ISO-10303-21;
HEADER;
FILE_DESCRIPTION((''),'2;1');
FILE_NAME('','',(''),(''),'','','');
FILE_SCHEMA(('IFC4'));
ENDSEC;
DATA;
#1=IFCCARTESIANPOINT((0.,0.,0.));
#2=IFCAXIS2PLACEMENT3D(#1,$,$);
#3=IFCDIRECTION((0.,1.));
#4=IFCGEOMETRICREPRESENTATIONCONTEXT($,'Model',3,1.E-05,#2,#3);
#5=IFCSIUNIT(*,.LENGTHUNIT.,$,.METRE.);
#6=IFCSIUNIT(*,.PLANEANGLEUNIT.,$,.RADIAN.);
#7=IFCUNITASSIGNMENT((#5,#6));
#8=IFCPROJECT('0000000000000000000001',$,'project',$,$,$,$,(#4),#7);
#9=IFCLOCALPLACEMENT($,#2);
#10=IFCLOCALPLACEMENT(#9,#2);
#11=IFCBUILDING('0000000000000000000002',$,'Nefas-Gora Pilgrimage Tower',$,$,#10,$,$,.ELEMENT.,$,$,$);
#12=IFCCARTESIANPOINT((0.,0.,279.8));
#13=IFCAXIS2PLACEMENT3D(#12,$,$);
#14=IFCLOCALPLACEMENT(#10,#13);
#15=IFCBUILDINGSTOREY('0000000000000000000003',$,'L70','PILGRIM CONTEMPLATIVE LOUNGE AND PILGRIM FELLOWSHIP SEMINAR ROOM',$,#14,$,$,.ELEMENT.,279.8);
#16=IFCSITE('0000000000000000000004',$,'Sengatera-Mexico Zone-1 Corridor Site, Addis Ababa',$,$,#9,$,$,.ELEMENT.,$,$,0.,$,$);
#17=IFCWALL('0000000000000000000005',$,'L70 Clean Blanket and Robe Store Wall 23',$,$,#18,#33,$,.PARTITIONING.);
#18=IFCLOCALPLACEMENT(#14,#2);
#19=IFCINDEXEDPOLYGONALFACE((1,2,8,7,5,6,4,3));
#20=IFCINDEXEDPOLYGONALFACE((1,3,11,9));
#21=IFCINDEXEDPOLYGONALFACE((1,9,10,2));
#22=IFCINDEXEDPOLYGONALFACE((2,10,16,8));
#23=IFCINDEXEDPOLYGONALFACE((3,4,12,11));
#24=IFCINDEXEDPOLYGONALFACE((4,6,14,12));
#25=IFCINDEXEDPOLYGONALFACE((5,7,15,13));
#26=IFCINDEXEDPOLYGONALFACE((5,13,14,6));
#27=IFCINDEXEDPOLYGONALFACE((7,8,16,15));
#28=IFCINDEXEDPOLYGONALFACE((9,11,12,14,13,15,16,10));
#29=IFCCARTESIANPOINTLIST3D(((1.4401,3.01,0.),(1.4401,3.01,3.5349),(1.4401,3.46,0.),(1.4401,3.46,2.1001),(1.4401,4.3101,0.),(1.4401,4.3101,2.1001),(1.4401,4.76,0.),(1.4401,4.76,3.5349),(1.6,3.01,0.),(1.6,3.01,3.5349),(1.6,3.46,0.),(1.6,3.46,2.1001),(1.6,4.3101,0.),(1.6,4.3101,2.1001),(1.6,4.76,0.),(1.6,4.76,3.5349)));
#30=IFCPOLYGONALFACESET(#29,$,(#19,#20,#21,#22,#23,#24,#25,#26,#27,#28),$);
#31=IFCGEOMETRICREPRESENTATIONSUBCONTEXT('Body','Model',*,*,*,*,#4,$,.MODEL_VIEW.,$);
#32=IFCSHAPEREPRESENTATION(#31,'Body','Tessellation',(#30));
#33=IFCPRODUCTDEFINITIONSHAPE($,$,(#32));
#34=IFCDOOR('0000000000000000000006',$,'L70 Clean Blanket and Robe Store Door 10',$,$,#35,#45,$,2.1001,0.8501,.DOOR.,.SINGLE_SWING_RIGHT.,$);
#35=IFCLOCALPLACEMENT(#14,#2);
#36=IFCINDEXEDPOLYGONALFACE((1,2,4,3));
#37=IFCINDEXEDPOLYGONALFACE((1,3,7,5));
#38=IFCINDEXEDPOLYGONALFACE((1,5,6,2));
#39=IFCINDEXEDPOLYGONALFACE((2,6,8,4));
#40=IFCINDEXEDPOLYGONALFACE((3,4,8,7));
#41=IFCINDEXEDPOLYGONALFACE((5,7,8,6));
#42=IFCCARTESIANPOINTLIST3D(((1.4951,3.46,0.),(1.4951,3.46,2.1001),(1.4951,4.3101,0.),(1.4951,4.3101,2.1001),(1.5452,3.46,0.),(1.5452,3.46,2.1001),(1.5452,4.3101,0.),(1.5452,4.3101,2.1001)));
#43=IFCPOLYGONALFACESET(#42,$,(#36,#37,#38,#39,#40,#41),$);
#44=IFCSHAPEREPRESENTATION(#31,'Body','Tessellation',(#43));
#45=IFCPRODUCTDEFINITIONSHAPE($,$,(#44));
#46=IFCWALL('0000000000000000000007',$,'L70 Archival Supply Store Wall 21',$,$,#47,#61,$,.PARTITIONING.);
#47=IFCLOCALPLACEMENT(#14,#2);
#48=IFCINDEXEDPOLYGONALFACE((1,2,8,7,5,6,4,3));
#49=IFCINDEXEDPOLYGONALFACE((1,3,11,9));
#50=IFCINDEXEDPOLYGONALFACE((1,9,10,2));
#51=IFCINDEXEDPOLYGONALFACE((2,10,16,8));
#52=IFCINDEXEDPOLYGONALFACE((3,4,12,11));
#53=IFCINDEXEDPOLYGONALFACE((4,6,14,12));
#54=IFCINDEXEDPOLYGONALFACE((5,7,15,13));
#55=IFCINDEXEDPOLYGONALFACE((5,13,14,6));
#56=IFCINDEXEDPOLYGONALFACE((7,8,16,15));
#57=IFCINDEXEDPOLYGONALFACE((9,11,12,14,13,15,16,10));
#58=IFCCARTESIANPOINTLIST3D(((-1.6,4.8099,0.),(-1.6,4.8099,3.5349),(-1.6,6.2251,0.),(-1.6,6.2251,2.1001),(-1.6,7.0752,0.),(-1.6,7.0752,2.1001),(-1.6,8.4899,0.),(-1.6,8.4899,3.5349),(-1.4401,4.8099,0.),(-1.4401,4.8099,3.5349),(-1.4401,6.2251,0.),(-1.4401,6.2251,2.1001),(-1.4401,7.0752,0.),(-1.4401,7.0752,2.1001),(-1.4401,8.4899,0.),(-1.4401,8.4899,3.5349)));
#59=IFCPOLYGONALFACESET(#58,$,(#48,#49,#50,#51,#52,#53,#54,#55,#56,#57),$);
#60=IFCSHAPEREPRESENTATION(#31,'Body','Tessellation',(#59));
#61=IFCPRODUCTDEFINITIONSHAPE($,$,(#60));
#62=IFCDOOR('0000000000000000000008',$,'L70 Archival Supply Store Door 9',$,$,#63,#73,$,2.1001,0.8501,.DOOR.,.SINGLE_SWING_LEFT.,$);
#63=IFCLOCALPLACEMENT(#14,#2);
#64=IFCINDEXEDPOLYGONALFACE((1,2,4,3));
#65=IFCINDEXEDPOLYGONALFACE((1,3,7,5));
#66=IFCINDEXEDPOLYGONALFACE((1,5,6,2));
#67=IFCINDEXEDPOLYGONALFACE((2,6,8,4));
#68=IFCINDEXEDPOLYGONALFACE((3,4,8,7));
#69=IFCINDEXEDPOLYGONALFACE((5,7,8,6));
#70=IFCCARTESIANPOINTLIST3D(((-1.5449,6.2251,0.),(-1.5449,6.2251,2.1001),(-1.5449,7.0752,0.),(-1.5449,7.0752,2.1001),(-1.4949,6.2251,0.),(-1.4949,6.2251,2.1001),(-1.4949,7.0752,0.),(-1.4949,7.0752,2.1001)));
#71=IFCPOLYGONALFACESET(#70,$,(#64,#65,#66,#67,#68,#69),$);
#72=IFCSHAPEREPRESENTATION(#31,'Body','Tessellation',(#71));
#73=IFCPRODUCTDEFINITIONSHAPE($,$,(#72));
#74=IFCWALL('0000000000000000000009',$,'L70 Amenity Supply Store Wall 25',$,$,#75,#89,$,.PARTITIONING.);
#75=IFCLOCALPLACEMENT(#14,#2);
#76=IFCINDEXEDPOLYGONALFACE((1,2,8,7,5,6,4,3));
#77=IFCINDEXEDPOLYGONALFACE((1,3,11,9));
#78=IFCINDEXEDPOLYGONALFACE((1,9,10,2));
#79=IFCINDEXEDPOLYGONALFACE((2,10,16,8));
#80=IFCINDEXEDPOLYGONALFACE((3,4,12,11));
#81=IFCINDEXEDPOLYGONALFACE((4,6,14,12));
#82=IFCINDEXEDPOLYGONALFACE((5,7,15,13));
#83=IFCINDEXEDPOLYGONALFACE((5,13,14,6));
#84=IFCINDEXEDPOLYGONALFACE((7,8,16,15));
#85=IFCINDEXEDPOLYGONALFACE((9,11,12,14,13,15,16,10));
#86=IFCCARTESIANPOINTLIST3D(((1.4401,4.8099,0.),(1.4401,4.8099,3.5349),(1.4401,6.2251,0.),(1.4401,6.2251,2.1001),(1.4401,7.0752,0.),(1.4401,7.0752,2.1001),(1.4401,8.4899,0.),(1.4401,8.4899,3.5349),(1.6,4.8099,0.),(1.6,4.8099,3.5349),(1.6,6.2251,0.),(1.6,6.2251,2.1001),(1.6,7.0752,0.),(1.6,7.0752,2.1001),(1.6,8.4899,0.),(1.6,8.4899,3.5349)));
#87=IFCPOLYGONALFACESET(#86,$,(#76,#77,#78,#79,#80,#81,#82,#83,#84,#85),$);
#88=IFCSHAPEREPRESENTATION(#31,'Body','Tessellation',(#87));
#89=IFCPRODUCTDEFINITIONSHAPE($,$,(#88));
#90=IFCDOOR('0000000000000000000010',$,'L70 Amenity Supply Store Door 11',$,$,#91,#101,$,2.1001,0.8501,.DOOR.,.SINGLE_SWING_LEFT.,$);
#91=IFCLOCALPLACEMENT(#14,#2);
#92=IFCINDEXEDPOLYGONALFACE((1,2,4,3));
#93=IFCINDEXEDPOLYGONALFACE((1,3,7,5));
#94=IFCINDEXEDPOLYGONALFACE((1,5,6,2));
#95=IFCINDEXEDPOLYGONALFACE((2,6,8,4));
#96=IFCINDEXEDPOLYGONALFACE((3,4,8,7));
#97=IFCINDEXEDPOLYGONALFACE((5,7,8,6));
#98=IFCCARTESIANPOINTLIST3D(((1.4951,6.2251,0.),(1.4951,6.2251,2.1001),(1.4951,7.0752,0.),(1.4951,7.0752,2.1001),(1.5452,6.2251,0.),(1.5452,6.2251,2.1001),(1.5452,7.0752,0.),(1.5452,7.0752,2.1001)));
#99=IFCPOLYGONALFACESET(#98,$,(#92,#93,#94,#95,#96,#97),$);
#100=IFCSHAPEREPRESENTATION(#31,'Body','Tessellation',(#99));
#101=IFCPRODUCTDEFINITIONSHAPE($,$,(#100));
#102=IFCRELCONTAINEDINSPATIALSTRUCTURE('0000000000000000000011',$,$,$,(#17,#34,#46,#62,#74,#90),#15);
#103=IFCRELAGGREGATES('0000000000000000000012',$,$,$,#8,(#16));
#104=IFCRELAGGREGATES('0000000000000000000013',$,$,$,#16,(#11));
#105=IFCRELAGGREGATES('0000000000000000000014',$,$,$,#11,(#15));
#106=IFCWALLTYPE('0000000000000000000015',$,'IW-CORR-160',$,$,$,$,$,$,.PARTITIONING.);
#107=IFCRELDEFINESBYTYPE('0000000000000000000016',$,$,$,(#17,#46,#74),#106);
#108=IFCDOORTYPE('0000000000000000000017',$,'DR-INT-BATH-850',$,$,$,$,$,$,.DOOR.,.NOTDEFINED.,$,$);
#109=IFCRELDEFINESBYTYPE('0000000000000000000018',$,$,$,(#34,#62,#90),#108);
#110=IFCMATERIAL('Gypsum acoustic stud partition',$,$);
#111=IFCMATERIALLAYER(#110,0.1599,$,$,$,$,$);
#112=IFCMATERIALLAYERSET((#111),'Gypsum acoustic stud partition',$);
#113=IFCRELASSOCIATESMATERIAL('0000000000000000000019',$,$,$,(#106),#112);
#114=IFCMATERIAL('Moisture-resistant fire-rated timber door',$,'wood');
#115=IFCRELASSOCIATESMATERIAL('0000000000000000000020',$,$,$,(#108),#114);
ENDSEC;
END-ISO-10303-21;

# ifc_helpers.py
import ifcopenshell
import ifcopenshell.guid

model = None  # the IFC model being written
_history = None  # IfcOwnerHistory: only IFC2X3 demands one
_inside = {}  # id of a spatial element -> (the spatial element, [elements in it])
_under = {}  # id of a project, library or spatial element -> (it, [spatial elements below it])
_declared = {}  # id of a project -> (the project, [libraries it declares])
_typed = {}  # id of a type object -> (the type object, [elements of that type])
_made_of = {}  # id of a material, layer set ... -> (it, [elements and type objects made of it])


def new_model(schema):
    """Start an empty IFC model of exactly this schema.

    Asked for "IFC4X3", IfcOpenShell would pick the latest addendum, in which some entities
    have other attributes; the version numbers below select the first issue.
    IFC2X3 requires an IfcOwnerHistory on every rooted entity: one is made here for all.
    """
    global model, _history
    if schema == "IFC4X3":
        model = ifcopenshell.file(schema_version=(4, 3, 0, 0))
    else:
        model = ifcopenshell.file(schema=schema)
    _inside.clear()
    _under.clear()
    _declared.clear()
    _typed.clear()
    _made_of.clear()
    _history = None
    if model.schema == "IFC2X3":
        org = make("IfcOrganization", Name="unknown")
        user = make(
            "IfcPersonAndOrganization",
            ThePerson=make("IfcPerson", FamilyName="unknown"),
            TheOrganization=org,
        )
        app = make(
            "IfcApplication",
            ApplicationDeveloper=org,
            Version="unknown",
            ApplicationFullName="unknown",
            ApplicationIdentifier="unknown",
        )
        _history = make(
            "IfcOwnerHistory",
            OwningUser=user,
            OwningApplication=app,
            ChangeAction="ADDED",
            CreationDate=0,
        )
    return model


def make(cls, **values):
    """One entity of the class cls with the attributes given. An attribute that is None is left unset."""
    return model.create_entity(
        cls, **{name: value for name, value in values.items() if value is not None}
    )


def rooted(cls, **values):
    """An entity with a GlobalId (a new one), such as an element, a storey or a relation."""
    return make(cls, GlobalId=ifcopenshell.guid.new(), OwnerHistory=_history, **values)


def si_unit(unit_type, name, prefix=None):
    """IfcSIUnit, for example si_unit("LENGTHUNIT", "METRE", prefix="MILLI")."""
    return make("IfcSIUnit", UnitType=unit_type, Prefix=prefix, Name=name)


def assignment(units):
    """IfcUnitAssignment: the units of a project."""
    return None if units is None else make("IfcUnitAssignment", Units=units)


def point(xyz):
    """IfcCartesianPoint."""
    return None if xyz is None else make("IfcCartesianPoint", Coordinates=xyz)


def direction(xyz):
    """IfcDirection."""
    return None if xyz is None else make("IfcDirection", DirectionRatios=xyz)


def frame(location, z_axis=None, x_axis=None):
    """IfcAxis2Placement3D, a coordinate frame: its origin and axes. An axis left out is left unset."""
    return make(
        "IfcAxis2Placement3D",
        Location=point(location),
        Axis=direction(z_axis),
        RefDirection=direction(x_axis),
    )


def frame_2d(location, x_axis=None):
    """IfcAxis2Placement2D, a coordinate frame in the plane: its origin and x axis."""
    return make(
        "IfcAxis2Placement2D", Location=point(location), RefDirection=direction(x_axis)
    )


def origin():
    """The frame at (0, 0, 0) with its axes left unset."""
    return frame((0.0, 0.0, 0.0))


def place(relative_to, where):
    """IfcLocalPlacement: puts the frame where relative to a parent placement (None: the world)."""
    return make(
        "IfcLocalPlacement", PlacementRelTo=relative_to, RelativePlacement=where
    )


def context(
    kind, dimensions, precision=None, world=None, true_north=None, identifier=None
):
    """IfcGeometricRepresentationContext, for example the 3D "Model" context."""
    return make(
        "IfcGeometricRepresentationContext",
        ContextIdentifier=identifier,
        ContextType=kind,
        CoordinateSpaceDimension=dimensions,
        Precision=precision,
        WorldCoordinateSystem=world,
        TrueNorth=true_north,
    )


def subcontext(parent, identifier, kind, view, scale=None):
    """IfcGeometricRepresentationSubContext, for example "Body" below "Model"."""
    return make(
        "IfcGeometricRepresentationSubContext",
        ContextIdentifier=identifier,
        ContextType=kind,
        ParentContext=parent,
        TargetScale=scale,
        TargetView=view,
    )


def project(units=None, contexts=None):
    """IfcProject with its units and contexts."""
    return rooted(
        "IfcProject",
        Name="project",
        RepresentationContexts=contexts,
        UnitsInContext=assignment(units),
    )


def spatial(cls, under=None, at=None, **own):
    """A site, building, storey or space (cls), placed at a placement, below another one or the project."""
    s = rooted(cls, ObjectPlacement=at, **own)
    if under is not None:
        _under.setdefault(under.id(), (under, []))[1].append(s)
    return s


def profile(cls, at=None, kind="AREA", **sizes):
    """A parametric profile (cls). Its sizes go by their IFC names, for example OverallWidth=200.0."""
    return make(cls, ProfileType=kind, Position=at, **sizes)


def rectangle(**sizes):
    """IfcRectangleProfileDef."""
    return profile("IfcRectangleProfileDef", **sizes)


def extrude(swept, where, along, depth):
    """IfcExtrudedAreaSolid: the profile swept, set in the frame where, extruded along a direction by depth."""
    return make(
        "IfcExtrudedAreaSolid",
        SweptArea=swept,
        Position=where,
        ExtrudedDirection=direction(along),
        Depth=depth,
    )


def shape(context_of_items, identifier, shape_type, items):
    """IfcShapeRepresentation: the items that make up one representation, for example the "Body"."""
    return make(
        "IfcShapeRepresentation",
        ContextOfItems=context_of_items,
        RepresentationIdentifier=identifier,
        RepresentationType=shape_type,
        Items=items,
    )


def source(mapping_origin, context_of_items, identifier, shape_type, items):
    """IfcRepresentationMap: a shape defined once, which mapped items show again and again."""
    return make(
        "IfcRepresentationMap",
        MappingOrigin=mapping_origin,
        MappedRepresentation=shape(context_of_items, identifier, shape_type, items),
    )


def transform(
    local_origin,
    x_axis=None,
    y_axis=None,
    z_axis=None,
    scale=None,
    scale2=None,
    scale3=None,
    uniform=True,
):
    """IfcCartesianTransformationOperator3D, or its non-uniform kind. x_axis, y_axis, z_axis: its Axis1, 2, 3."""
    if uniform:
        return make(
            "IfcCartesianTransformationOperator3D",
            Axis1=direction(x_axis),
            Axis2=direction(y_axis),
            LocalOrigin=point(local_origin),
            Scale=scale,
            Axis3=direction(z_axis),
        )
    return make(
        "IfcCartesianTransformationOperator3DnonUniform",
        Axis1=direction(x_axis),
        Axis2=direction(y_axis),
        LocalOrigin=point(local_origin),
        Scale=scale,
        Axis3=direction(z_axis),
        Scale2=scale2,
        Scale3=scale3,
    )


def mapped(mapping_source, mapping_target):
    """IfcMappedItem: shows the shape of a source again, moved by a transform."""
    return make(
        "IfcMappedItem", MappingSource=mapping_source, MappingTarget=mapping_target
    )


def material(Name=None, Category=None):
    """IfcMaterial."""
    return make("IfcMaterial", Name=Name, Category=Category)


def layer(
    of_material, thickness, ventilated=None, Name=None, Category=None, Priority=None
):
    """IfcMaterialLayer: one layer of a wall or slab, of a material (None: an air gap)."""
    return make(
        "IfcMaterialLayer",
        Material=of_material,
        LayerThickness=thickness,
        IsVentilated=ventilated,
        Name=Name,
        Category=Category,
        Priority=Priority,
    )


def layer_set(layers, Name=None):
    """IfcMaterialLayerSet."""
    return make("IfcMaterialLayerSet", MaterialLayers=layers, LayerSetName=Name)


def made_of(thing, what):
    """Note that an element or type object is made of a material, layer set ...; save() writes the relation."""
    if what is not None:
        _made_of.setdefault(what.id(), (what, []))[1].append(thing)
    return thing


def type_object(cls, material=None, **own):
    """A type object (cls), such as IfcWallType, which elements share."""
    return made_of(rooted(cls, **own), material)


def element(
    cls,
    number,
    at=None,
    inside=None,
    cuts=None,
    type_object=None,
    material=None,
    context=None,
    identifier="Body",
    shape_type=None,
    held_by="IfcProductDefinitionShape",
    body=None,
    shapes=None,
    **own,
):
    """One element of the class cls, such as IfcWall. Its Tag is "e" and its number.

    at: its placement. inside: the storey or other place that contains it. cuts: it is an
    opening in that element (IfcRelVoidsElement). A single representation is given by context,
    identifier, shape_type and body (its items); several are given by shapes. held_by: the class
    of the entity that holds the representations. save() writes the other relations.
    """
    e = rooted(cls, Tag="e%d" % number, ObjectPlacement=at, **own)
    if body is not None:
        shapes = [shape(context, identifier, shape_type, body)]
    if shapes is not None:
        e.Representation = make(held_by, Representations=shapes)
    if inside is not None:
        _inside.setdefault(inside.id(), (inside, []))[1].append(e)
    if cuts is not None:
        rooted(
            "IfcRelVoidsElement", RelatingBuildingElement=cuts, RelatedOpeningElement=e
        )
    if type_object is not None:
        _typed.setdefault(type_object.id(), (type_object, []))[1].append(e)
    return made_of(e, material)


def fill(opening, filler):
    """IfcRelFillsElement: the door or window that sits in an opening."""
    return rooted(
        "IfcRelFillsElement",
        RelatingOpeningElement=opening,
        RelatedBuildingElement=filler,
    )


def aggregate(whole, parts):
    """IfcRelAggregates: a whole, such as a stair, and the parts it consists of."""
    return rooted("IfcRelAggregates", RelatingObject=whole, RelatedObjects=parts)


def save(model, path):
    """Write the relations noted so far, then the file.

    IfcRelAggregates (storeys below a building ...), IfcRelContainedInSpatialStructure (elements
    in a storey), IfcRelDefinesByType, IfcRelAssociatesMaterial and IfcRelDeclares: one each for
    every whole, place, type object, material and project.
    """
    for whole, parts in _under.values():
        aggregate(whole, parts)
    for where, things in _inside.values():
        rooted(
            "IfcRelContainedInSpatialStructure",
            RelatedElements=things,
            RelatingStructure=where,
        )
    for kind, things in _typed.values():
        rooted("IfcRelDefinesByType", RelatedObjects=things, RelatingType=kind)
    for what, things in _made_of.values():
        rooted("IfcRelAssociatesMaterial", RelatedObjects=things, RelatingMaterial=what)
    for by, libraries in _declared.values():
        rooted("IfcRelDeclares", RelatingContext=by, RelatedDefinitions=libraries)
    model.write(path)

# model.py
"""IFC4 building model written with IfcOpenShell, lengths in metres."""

from ifc_helpers import new_model, si_unit, direction, frame, frame_2d, origin, place, context, subcontext, project, spatial, rectangle, extrude, source, transform, mapped, material, layer, layer_set, type_object, element, fill, save


model = new_model("IFC4")

# Units and contexts
model_context = context("Model", 3, precision=1e-05, world=origin(), true_north=direction((0.0, 1.0)))
body_context = subcontext(model_context, "Body", "Model", "MODEL_VIEW")
ifc_project = project(units=[si_unit("LENGTHUNIT", "METRE"), si_unit("PLANEANGLEUNIT", "RADIAN")], contexts=[model_context])

# Site, building, storey
site_placement = place(None, origin())
site = spatial("IfcSite", under=ifc_project, at=site_placement, Name="Sengatera-Mexico Zone-1 Corridor Site, Addis Ababa", CompositionType="ELEMENT", RefElevation=0.0)
building_placement = place(site_placement, origin())
building = spatial("IfcBuilding", under=site, at=building_placement, Name="Nefas-Gora Pilgrimage Tower", CompositionType="ELEMENT")
storey_placement = place(building_placement, frame((0.0, 0.0, 279.8)))
storey = spatial("IfcBuildingStorey", under=building, at=storey_placement, Name="L70", Description="PILGRIM CONTEMPLATIVE LOUNGE AND PILGRIM FELLOWSHIP SEMINAR ROOM", CompositionType="ELEMENT", Elevation=279.8)

# Shared definitions
ifc_material_1 = material(Name="Gypsum acoustic stud partition")
ifc_layer_1 = layer(ifc_material_1, 0.1599)
ifc_layer_set_1 = layer_set([ifc_layer_1], Name="Gypsum acoustic stud partition")
wall_type_1 = type_object("IfcWallType", Name="IW-CORR-160", PredefinedType="PARTITIONING", material=ifc_layer_set_1)

# Walls, openings, doors
shared_shape_1 = source(origin(), body_context, "Body", "SweptSolid", [
    extrude(rectangle(XDim=1.75, YDim=0.1599, at=frame_2d((0.875, 0.0))), origin(), (0.0, 0.0, 1.0), 3.5349),
])
ifc_material_2 = material(Name="Moisture-resistant fire-rated timber door", Category="wood")
door_type_1 = type_object("IfcDoorType", Name="DR-INT-BATH-850", OperationType="NOTDEFINED", PredefinedType="DOOR", material=ifc_material_2)
shared_shape_2 = source(origin(), body_context, "Body", "SweptSolid", [
    extrude(rectangle(XDim=0.8501, YDim=2.1001, at=frame_2d((0.425, 1.05))), frame((0.0, 0.0249, 0.0), z_axis=(0.0, -1.0, 0.0), x_axis=(1.0, 0.0, 0.0)), (0.0, 0.0, 1.0), 0.05),
])
wall_1_placement = place(storey_placement, frame((1.52, 3.01, 0.0), z_axis=(0.0, 0.0, 1.0), x_axis=(0.0, 1.0, 0.0)))
wall_1 = element("IfcWall", 1, at=wall_1_placement, inside=storey, type_object=wall_type_1, Name="L70 Clean Blanket and Robe Store Wall 23", PredefinedType="PARTITIONING", context=body_context, shape_type="MappedRepresentation", body=[
    mapped(shared_shape_1, transform((0.0, 0.0, 0.0), x_axis=(1.0, 0.0, 0.0), y_axis=(0.0, 1.0, 0.0), z_axis=(0.0, 0.0, 1.0), scale=1.0)),
])
opening_1_placement = place(wall_1_placement, frame((0.45, 0.0, 0.0)))
opening_1 = element("IfcOpeningElement", 2, at=opening_1_placement, cuts=wall_1, PredefinedType="OPENING", context=body_context, shape_type="SweptSolid", body=[
    extrude(rectangle(XDim=0.8501, YDim=2.1001, at=frame_2d((0.425, 1.05))), frame((0.0, 0.0898, 0.0), z_axis=(0.0, -1.0, 0.0), x_axis=(1.0, 0.0, 0.0)), (0.0, 0.0, 1.0), 0.1799),
])
door_1_placement = place(opening_1_placement, origin())
door_1 = element("IfcDoor", 3, at=door_1_placement, inside=storey, type_object=door_type_1, Name="L70 Clean Blanket and Robe Store Door 10", OperationType="SINGLE_SWING_RIGHT", OverallHeight=2.1001, OverallWidth=0.8501, PredefinedType="DOOR", context=body_context, shape_type="MappedRepresentation", body=[
    mapped(shared_shape_2, transform((0.0, 0.0, 0.0), x_axis=(1.0, 0.0, 0.0), y_axis=(0.0, 1.0, 0.0), z_axis=(0.0, 0.0, 1.0), scale=1.0)),
])
fill(opening_1, door_1)
shared_shape_3 = source(origin(), body_context, "Body", "SweptSolid", [
    extrude(rectangle(XDim=3.6799, YDim=0.1599, at=frame_2d((1.8398, 0.0))), origin(), (0.0, 0.0, 1.0), 3.5349),
])
wall_2_placement = place(storey_placement, frame((-1.52, 4.8101, 0.0), z_axis=(0.0, 0.0, 1.0), x_axis=(0.0, 1.0, 0.0)))
wall_2 = element("IfcWall", 4, at=wall_2_placement, inside=storey, type_object=wall_type_1, Name="L70 Archival Supply Store Wall 21", PredefinedType="PARTITIONING", context=body_context, shape_type="MappedRepresentation", body=[
    mapped(shared_shape_3, transform((0.0, 0.0, 0.0), x_axis=(1.0, 0.0, 0.0), y_axis=(0.0, 1.0, 0.0), z_axis=(0.0, 0.0, 1.0), scale=1.0)),
])
opening_2_placement = place(wall_2_placement, frame((1.415, 0.0, 0.0)))
opening_2 = element("IfcOpeningElement", 5, at=opening_2_placement, cuts=wall_2, PredefinedType="OPENING", context=body_context, shape_type="SweptSolid", body=[
    extrude(rectangle(XDim=0.8501, YDim=2.1001, at=frame_2d((0.425, 1.05))), frame((0.0, 0.0898, 0.0), z_axis=(0.0, -1.0, 0.0), x_axis=(1.0, 0.0, 0.0)), (0.0, 0.0, 1.0), 0.1799),
])
door_2_placement = place(opening_2_placement, origin())
door_2 = element("IfcDoor", 6, at=door_2_placement, inside=storey, type_object=door_type_1, Name="L70 Archival Supply Store Door 9", OperationType="SINGLE_SWING_LEFT", OverallHeight=2.1001, OverallWidth=0.8501, PredefinedType="DOOR", context=body_context, shape_type="MappedRepresentation", body=[
    mapped(shared_shape_2, transform((0.0, 0.0, 0.0), x_axis=(1.0, 0.0, 0.0), y_axis=(0.0, 1.0, 0.0), z_axis=(0.0, 0.0, 1.0), scale=1.0)),
])
fill(opening_2, door_2)
wall_3_placement = place(storey_placement, frame((1.52, 4.8101, 0.0), z_axis=(0.0, 0.0, 1.0), x_axis=(0.0, 1.0, 0.0)))
wall_3 = element("IfcWall", 7, at=wall_3_placement, inside=storey, type_object=wall_type_1, Name="L70 Amenity Supply Store Wall 25", PredefinedType="PARTITIONING", context=body_context, shape_type="MappedRepresentation", body=[
    mapped(shared_shape_3, transform((0.0, 0.0, 0.0), x_axis=(1.0, 0.0, 0.0), y_axis=(0.0, 1.0, 0.0), z_axis=(0.0, 0.0, 1.0), scale=1.0)),
])
opening_3_placement = place(wall_3_placement, frame((1.415, 0.0, 0.0)))
opening_3 = element("IfcOpeningElement", 8, at=opening_3_placement, cuts=wall_3, PredefinedType="OPENING", context=body_context, shape_type="SweptSolid", body=[
    extrude(rectangle(XDim=0.8501, YDim=2.1001, at=frame_2d((0.425, 1.05))), frame((0.0, 0.0898, 0.0), z_axis=(0.0, -1.0, 0.0), x_axis=(1.0, 0.0, 0.0)), (0.0, 0.0, 1.0), 0.1799),
])
door_3_placement = place(opening_3_placement, origin())
door_3 = element("IfcDoor", 9, at=door_3_placement, inside=storey, type_object=door_type_1, Name="L70 Amenity Supply Store Door 11", OperationType="SINGLE_SWING_LEFT", OverallHeight=2.1001, OverallWidth=0.8501, PredefinedType="DOOR", context=body_context, shape_type="MappedRepresentation", body=[
    mapped(shared_shape_2, transform((0.0, 0.0, 0.0), x_axis=(1.0, 0.0, 0.0), y_axis=(0.0, 1.0, 0.0), z_axis=(0.0, 0.0, 1.0), scale=1.0)),
])
fill(opening_3, door_3)

save(model, "model.ifc")
